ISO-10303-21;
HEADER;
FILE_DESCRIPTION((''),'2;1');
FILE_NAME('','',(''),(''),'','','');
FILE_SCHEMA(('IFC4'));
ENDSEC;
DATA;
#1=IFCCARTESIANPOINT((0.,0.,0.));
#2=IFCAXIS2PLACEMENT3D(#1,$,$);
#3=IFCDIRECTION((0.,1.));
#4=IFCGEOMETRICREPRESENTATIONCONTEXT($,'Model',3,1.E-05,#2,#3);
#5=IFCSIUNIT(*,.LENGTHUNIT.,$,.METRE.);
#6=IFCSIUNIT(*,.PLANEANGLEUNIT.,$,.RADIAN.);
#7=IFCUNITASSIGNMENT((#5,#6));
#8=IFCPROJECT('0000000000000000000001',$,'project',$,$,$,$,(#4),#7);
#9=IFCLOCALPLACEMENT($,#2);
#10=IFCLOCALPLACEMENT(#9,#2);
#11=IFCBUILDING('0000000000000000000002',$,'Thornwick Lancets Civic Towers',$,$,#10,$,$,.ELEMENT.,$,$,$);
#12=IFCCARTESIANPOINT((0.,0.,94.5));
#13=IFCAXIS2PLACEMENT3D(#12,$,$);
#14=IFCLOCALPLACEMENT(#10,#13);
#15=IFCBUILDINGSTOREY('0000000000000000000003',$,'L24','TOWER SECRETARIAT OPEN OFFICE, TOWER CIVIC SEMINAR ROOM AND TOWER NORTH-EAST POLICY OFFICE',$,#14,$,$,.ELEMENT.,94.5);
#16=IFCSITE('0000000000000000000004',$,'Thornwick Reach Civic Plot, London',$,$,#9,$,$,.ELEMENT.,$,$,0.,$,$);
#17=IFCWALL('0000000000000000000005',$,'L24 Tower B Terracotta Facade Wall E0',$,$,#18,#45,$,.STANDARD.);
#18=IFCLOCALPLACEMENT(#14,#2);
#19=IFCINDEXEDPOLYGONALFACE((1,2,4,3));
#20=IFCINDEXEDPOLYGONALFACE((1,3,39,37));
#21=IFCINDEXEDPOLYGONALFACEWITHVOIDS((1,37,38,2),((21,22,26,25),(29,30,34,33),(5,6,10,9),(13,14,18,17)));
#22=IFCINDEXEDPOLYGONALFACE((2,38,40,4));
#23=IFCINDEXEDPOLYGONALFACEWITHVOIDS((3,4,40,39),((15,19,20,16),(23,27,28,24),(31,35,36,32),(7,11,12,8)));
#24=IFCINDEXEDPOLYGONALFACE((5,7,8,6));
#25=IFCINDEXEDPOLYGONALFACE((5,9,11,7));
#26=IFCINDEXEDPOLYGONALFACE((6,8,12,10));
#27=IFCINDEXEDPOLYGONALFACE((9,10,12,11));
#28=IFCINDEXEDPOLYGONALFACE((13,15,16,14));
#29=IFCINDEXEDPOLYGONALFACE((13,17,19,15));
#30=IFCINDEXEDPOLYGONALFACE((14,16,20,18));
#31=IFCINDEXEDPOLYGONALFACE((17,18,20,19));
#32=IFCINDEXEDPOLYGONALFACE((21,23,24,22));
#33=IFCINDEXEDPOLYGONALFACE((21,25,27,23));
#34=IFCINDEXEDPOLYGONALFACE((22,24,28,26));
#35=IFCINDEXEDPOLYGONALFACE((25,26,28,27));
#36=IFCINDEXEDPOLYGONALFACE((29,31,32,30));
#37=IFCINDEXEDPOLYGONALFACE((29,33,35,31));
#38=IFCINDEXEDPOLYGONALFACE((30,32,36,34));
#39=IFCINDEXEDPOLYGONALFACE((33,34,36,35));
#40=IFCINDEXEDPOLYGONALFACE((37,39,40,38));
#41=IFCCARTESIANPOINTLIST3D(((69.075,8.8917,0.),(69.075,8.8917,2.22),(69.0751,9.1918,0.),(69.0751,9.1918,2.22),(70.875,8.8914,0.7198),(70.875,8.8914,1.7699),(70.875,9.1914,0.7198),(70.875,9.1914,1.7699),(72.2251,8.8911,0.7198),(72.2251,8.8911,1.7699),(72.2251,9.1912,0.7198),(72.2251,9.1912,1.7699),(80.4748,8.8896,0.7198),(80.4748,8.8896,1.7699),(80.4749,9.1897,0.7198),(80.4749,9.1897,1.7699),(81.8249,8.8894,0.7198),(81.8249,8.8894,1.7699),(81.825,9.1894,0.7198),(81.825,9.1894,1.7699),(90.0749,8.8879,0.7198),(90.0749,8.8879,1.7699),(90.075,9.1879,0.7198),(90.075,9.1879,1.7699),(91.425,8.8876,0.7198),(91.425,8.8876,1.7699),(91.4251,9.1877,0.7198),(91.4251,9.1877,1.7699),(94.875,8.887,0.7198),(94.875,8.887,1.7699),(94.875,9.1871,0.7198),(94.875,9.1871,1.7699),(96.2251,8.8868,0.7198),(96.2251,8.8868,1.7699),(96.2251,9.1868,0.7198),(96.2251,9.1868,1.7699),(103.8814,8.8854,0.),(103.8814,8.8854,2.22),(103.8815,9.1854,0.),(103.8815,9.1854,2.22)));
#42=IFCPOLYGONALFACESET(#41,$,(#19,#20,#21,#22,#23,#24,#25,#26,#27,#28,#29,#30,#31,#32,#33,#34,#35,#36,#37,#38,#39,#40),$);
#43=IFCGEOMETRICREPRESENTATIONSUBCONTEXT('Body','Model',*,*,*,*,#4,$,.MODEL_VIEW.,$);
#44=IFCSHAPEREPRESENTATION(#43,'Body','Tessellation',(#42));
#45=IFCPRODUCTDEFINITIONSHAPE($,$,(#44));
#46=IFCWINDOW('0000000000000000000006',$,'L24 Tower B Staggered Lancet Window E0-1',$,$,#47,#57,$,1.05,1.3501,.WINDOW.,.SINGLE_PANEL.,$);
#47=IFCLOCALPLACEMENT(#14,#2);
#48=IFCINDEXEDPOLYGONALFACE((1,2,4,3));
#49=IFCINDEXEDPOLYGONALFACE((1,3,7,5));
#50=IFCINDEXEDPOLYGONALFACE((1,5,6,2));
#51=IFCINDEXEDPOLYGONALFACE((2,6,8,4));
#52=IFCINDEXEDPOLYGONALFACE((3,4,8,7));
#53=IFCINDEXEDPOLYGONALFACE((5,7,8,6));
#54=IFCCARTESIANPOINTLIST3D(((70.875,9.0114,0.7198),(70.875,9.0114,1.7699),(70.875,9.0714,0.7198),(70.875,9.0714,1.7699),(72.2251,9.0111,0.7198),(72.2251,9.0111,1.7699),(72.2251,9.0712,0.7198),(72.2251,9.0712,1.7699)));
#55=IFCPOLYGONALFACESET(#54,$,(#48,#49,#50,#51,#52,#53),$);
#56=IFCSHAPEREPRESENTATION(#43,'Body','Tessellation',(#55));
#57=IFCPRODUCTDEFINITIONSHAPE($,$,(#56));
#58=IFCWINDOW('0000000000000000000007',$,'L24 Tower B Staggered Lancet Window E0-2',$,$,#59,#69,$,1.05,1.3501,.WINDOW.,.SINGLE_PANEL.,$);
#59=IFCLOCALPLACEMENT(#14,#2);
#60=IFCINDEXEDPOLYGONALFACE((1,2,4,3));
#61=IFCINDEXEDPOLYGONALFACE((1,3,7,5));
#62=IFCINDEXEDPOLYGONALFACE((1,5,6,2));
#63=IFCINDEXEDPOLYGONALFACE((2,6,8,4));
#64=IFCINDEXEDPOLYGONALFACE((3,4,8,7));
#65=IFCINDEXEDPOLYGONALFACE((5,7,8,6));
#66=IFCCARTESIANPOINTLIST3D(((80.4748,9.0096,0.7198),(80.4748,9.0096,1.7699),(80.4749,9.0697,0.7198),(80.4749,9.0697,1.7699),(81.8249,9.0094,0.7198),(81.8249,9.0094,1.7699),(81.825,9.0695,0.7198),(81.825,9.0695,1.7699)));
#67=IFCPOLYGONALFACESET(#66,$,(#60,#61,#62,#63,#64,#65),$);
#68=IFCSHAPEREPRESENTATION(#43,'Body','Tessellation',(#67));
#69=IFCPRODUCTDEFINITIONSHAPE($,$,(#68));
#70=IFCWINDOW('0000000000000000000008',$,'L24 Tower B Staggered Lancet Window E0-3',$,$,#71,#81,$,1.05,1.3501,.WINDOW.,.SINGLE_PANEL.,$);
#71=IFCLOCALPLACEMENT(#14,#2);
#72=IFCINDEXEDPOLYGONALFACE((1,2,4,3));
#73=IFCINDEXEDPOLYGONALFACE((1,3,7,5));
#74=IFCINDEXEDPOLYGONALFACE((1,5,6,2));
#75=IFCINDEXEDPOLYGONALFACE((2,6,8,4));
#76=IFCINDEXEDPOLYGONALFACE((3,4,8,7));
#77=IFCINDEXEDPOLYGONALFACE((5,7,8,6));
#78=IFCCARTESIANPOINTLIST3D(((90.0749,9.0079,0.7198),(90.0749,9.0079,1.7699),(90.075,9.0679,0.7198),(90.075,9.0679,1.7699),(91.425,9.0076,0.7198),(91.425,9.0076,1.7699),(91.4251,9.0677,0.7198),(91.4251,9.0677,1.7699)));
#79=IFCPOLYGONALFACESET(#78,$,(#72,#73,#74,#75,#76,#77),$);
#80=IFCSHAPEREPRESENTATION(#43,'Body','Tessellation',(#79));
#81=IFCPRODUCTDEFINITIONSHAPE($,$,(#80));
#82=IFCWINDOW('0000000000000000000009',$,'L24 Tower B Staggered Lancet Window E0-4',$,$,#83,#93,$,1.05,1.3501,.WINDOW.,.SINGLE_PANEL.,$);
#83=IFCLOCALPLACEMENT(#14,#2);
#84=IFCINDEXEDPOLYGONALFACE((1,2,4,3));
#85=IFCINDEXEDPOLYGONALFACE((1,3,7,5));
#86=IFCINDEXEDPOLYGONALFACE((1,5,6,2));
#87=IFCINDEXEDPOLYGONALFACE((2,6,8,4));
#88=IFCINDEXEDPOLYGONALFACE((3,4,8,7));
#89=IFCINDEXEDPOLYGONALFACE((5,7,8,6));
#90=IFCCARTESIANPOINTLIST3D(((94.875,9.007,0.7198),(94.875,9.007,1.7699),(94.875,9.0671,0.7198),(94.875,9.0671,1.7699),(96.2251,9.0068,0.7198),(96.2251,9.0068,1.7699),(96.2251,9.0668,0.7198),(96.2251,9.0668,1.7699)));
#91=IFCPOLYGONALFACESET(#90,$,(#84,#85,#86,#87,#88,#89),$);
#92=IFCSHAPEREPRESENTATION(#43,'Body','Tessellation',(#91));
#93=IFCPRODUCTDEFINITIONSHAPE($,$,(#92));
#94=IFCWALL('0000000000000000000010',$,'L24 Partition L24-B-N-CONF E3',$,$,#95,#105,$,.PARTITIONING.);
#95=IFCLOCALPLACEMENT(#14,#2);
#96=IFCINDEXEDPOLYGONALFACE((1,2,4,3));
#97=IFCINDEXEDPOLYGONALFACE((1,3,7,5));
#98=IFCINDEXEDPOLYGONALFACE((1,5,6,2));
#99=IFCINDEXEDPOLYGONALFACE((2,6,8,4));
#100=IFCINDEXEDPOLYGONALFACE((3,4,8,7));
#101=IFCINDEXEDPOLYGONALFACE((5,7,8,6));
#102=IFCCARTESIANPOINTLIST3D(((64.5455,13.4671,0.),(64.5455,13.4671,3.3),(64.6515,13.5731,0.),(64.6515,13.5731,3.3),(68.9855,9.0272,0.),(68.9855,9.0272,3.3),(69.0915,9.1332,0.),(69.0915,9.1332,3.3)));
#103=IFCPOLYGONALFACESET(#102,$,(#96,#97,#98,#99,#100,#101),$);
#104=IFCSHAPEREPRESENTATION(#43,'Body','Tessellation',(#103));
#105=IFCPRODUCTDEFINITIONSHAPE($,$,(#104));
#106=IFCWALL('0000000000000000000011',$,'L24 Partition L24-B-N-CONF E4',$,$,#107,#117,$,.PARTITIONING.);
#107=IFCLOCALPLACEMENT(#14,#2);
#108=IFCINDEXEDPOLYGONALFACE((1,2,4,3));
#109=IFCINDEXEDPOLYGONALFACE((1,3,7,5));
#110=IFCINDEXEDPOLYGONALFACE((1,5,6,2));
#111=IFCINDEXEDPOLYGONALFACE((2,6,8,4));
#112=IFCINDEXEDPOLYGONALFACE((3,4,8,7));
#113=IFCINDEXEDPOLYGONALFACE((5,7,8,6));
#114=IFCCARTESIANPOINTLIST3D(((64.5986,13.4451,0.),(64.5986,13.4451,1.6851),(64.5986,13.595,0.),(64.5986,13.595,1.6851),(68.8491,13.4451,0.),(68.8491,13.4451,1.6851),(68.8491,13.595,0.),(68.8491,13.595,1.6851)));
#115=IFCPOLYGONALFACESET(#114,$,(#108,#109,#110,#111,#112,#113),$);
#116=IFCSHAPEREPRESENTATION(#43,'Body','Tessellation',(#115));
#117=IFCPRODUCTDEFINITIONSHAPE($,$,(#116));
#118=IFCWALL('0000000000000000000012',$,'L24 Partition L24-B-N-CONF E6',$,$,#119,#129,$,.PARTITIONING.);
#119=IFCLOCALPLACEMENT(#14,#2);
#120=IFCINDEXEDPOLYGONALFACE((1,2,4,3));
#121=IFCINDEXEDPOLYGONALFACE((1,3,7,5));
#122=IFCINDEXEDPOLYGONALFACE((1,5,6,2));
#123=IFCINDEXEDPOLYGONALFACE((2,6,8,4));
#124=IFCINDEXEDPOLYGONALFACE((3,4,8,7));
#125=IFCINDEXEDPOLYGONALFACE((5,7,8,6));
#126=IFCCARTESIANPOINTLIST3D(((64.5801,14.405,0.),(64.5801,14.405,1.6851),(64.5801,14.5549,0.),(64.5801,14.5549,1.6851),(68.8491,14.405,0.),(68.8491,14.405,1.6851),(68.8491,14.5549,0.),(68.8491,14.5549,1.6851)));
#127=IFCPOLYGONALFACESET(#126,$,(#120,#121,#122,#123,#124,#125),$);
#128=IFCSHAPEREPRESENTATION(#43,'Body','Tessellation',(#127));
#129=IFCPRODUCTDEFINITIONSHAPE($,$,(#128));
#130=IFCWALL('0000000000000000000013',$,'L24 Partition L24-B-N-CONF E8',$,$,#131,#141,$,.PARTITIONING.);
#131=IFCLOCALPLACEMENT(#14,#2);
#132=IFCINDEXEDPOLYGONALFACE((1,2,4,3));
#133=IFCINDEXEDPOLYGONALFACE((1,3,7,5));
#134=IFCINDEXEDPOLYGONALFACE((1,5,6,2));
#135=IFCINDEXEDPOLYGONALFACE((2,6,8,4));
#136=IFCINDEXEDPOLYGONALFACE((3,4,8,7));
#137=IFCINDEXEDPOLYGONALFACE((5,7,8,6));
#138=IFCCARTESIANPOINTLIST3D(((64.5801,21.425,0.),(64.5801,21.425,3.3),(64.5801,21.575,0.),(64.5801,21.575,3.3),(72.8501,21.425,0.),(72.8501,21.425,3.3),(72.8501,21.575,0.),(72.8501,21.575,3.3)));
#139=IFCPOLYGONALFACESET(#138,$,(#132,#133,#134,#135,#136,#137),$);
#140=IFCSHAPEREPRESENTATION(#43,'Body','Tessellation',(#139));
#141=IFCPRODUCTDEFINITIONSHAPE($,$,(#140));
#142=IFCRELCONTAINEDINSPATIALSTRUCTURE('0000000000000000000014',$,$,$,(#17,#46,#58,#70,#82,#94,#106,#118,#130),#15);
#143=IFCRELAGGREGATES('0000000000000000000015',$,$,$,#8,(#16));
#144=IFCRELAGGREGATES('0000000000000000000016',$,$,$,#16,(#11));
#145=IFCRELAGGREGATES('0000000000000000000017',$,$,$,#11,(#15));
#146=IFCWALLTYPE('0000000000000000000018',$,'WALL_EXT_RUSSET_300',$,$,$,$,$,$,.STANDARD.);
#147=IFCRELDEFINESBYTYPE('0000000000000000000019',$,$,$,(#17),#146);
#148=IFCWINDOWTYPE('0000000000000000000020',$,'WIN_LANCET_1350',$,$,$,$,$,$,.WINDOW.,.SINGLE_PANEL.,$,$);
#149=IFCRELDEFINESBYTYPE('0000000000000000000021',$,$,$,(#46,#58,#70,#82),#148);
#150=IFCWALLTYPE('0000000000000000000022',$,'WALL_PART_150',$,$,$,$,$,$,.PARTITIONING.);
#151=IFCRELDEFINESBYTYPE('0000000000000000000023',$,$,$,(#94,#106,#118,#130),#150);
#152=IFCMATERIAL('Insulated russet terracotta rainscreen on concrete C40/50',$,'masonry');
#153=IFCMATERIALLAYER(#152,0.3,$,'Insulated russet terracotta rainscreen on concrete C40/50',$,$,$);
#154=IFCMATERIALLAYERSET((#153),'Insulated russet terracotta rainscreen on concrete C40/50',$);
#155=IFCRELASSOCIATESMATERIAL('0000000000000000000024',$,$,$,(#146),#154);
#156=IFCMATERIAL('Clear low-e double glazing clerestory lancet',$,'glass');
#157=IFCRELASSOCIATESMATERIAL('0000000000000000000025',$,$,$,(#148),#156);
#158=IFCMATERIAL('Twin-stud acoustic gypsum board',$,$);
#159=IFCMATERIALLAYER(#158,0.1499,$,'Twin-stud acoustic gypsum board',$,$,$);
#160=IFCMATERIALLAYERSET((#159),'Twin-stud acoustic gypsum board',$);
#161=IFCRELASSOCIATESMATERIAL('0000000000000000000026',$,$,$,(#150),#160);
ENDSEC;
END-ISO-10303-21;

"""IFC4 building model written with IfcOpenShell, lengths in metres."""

from ifc_helpers import new_model, si_unit, direction, frame, frame_2d, origin, place, context, subcontext, project, spatial, rectangle, extrude, material, layer, layer_set, type_object, element, fill, save


model = new_model("IFC4")

# Units and contexts
model_context = context("Model", 3, precision=1e-05, world=origin(), true_north=direction((0.0, 1.0)))
body_context = subcontext(model_context, "Body", "Model", "MODEL_VIEW")
ifc_project = project(units=[si_unit("LENGTHUNIT", "METRE"), si_unit("PLANEANGLEUNIT", "RADIAN")], contexts=[model_context])

# Site, building, storey
site_placement = place(None, origin())
site = spatial("IfcSite", under=ifc_project, at=site_placement, Name="Thornwick Reach Civic Plot, London", CompositionType="ELEMENT", RefElevation=0.0)
building_placement = place(site_placement, origin())
building = spatial("IfcBuilding", under=site, at=building_placement, Name="Thornwick Lancets Civic Towers", CompositionType="ELEMENT")
storey_placement = place(building_placement, frame((0.0, 0.0, 94.5)))
storey = spatial("IfcBuildingStorey", under=building, at=storey_placement, Name="L24", Description="TOWER SECRETARIAT OPEN OFFICE, TOWER CIVIC SEMINAR ROOM AND TOWER NORTH-EAST POLICY OFFICE", CompositionType="ELEMENT", Elevation=94.5)

# Wall, openings, windows
ifc_material_1 = material(Name="Insulated russet terracotta rainscreen on concrete C40/50", Category="masonry")
ifc_layer_1 = layer(ifc_material_1, 0.3, Name="Insulated russet terracotta rainscreen on concrete C40/50")
ifc_layer_set_1 = layer_set([ifc_layer_1], Name="Insulated russet terracotta rainscreen on concrete C40/50")
wall_type_1 = type_object("IfcWallType", Name="WALL_EXT_RUSSET_300", PredefinedType="STANDARD", material=ifc_layer_set_1)
ifc_material_2 = material(Name="Clear low-e double glazing clerestory lancet", Category="glass")
window_type = type_object("IfcWindowType", Name="WIN_LANCET_1350", PartitioningType="SINGLE_PANEL", PredefinedType="WINDOW", material=ifc_material_2)
wall_1_placement = place(storey_placement, frame((69.075, 9.0417, 0.0), z_axis=(0.0, 0.0, 1.0), x_axis=(1.0, -0.000182, 0.0)))
wall_1 = element("IfcWall", 1, at=wall_1_placement, inside=storey, type_object=wall_type_1, Name="L24 Tower B Terracotta Facade Wall E0", PredefinedType="STANDARD", context=body_context, shape_type="SweptSolid", body=[
    extrude(rectangle(XDim=34.8064, YDim=0.3, at=frame_2d((17.4033, 0.0))), origin(), (0.0, 0.0, 1.0), 2.22),
])
opening_1_placement = place(wall_1_placement, frame((1.8, 0.0, 0.72)))
opening_1 = element("IfcOpeningElement", 2, at=opening_1_placement, cuts=wall_1, PredefinedType="OPENING", context=body_context, shape_type="SweptSolid", body=[
    extrude(rectangle(XDim=1.3501, YDim=1.05, at=frame_2d((0.675, 0.5249))), frame((0.0, 0.1602, 0.0), z_axis=(0.0, -1.0, 0.0), x_axis=(1.0, 0.0, 0.0)), (0.0, 0.0, 1.0), 0.3201),
])
opening_2_placement = place(wall_1_placement, frame((11.3999, 0.0, 0.72)))
opening_2 = element("IfcOpeningElement", 3, at=opening_2_placement, cuts=wall_1, PredefinedType="OPENING", context=body_context, shape_type="SweptSolid", body=[
    extrude(rectangle(XDim=1.3501, YDim=1.05, at=frame_2d((0.675, 0.5249))), frame((0.0, 0.1602, 0.0), z_axis=(0.0, -1.0, 0.0), x_axis=(1.0, 0.0, 0.0)), (0.0, 0.0, 1.0), 0.3201),
])
opening_3_placement = place(wall_1_placement, frame((21.0, 0.0, 0.72)))
opening_3 = element("IfcOpeningElement", 4, at=opening_3_placement, cuts=wall_1, PredefinedType="OPENING", context=body_context, shape_type="SweptSolid", body=[
    extrude(rectangle(XDim=1.3501, YDim=1.05, at=frame_2d((0.675, 0.5249))), frame((0.0, 0.1602, 0.0), z_axis=(0.0, -1.0, 0.0), x_axis=(1.0, 0.0, 0.0)), (0.0, 0.0, 1.0), 0.3201),
])
opening_4_placement = place(wall_1_placement, frame((25.8, 0.0, 0.72)))
opening_4 = element("IfcOpeningElement", 5, at=opening_4_placement, cuts=wall_1, PredefinedType="OPENING", context=body_context, shape_type="SweptSolid", body=[
    extrude(rectangle(XDim=1.3501, YDim=1.05, at=frame_2d((0.675, 0.5249))), frame((0.0, 0.1602, 0.0), z_axis=(0.0, -1.0, 0.0), x_axis=(1.0, 0.0, 0.0)), (0.0, 0.0, 1.0), 0.3201),
])
window_1_placement = place(opening_1_placement, origin())
window_1 = element("IfcWindow", 6, at=window_1_placement, inside=storey, type_object=window_type, Name="L24 Tower B Staggered Lancet Window E0-1", OverallHeight=1.05, OverallWidth=1.3501, PartitioningType="SINGLE_PANEL", PredefinedType="WINDOW", context=body_context, shape_type="SweptSolid", body=[
    extrude(rectangle(XDim=1.3501, YDim=1.05, at=frame_2d((0.675, 0.5249))), frame((0.0, 0.03, 0.0), z_axis=(0.0, -1.0, 0.0), x_axis=(1.0, 0.0, 0.0)), (0.0, 0.0, 1.0), 0.0601),
])
fill(opening_1, window_1)
window_2_placement = place(opening_2_placement, origin())
window_2 = element("IfcWindow", 7, at=window_2_placement, inside=storey, type_object=window_type, Name="L24 Tower B Staggered Lancet Window E0-2", OverallHeight=1.05, OverallWidth=1.3501, PartitioningType="SINGLE_PANEL", PredefinedType="WINDOW", context=body_context, shape_type="SweptSolid", body=[
    extrude(rectangle(XDim=1.3501, YDim=1.05, at=frame_2d((0.675, 0.5249))), frame((0.0, 0.03, 0.0), z_axis=(0.0, -1.0, 0.0), x_axis=(1.0, 0.0, 0.0)), (0.0, 0.0, 1.0), 0.0601),
])
fill(opening_2, window_2)
window_3_placement = place(opening_3_placement, origin())
window_3 = element("IfcWindow", 8, at=window_3_placement, inside=storey, type_object=window_type, Name="L24 Tower B Staggered Lancet Window E0-3", OverallHeight=1.05, OverallWidth=1.3501, PartitioningType="SINGLE_PANEL", PredefinedType="WINDOW", context=body_context, shape_type="SweptSolid", body=[
    extrude(rectangle(XDim=1.3501, YDim=1.05, at=frame_2d((0.675, 0.5249))), frame((0.0, 0.03, 0.0), z_axis=(0.0, -1.0, 0.0), x_axis=(1.0, 0.0, 0.0)), (0.0, 0.0, 1.0), 0.0601),
])
fill(opening_3, window_3)
window_4_placement = place(opening_4_placement, origin())
window_4 = element("IfcWindow", 9, at=window_4_placement, inside=storey, type_object=window_type, Name="L24 Tower B Staggered Lancet Window E0-4", OverallHeight=1.05, OverallWidth=1.3501, PartitioningType="SINGLE_PANEL", PredefinedType="WINDOW", context=body_context, shape_type="SweptSolid", body=[
    extrude(rectangle(XDim=1.3501, YDim=1.05, at=frame_2d((0.675, 0.5249))), frame((0.0, 0.03, 0.0), z_axis=(0.0, -1.0, 0.0), x_axis=(1.0, 0.0, 0.0)), (0.0, 0.0, 1.0), 0.0601),
])
fill(opening_4, window_4)

# Walls
ifc_material_3 = material(Name="Twin-stud acoustic gypsum board")
ifc_layer_2 = layer(ifc_material_3, 0.1499, Name="Twin-stud acoustic gypsum board")
ifc_layer_set_2 = layer_set([ifc_layer_2], Name="Twin-stud acoustic gypsum board")
wall_type_2 = type_object("IfcWallType", Name="WALL_PART_150", PredefinedType="PARTITIONING", material=ifc_layer_set_2)
wall_2_placement = place(storey_placement, frame((69.0386, 9.0801, 0.0), z_axis=(0.0, 0.0, 1.0), x_axis=(-0.707107, 0.707107, 0.0)))
element("IfcWall", 10, at=wall_2_placement, inside=storey, type_object=wall_type_2, Name="L24 Partition L24-B-N-CONF E3", PredefinedType="PARTITIONING", context=body_context, shape_type="SweptSolid", body=[
    extrude(rectangle(XDim=6.2791, YDim=0.1499, at=frame_2d((3.1396, 0.0))), origin(), (0.0, 0.0, 1.0), 3.3),
])
wall_3_placement = place(storey_placement, frame((64.5986, 13.52, 0.0), z_axis=(0.0, 0.0, 1.0), x_axis=(1.0, 0.0, 0.0)))
element("IfcWall", 11, at=wall_3_placement, inside=storey, type_object=wall_type_2, Name="L24 Partition L24-B-N-CONF E4", PredefinedType="PARTITIONING", context=body_context, shape_type="SweptSolid", body=[
    extrude(rectangle(XDim=4.2505, YDim=0.1499, at=frame_2d((2.1252, 0.0))), origin(), (0.0, 0.0, 1.0), 1.6851),
])
wall_4_placement = place(storey_placement, frame((68.8491, 14.48, 0.0), z_axis=(0.0, 0.0, 1.0), x_axis=(-1.0, 0.0, 0.0)))
element("IfcWall", 12, at=wall_4_placement, inside=storey, type_object=wall_type_2, Name="L24 Partition L24-B-N-CONF E6", PredefinedType="PARTITIONING", context=body_context, shape_type="SweptSolid", body=[
    extrude(rectangle(XDim=4.269, YDim=0.1499, at=frame_2d((2.1345, 0.0))), origin(), (0.0, 0.0, 1.0), 1.6851),
])
wall_5_placement = place(storey_placement, frame((64.5801, 21.5, 0.0), z_axis=(0.0, 0.0, 1.0), x_axis=(1.0, 0.0, 0.0)))
element("IfcWall", 13, at=wall_5_placement, inside=storey, type_object=wall_type_2, Name="L24 Partition L24-B-N-CONF E8", PredefinedType="PARTITIONING", context=body_context, shape_type="SweptSolid", body=[
    extrude(rectangle(XDim=8.27, YDim=0.1499, at=frame_2d((4.135, 0.0))), origin(), (0.0, 0.0, 1.0), 3.3),
])

save(model, "model.ifc")
